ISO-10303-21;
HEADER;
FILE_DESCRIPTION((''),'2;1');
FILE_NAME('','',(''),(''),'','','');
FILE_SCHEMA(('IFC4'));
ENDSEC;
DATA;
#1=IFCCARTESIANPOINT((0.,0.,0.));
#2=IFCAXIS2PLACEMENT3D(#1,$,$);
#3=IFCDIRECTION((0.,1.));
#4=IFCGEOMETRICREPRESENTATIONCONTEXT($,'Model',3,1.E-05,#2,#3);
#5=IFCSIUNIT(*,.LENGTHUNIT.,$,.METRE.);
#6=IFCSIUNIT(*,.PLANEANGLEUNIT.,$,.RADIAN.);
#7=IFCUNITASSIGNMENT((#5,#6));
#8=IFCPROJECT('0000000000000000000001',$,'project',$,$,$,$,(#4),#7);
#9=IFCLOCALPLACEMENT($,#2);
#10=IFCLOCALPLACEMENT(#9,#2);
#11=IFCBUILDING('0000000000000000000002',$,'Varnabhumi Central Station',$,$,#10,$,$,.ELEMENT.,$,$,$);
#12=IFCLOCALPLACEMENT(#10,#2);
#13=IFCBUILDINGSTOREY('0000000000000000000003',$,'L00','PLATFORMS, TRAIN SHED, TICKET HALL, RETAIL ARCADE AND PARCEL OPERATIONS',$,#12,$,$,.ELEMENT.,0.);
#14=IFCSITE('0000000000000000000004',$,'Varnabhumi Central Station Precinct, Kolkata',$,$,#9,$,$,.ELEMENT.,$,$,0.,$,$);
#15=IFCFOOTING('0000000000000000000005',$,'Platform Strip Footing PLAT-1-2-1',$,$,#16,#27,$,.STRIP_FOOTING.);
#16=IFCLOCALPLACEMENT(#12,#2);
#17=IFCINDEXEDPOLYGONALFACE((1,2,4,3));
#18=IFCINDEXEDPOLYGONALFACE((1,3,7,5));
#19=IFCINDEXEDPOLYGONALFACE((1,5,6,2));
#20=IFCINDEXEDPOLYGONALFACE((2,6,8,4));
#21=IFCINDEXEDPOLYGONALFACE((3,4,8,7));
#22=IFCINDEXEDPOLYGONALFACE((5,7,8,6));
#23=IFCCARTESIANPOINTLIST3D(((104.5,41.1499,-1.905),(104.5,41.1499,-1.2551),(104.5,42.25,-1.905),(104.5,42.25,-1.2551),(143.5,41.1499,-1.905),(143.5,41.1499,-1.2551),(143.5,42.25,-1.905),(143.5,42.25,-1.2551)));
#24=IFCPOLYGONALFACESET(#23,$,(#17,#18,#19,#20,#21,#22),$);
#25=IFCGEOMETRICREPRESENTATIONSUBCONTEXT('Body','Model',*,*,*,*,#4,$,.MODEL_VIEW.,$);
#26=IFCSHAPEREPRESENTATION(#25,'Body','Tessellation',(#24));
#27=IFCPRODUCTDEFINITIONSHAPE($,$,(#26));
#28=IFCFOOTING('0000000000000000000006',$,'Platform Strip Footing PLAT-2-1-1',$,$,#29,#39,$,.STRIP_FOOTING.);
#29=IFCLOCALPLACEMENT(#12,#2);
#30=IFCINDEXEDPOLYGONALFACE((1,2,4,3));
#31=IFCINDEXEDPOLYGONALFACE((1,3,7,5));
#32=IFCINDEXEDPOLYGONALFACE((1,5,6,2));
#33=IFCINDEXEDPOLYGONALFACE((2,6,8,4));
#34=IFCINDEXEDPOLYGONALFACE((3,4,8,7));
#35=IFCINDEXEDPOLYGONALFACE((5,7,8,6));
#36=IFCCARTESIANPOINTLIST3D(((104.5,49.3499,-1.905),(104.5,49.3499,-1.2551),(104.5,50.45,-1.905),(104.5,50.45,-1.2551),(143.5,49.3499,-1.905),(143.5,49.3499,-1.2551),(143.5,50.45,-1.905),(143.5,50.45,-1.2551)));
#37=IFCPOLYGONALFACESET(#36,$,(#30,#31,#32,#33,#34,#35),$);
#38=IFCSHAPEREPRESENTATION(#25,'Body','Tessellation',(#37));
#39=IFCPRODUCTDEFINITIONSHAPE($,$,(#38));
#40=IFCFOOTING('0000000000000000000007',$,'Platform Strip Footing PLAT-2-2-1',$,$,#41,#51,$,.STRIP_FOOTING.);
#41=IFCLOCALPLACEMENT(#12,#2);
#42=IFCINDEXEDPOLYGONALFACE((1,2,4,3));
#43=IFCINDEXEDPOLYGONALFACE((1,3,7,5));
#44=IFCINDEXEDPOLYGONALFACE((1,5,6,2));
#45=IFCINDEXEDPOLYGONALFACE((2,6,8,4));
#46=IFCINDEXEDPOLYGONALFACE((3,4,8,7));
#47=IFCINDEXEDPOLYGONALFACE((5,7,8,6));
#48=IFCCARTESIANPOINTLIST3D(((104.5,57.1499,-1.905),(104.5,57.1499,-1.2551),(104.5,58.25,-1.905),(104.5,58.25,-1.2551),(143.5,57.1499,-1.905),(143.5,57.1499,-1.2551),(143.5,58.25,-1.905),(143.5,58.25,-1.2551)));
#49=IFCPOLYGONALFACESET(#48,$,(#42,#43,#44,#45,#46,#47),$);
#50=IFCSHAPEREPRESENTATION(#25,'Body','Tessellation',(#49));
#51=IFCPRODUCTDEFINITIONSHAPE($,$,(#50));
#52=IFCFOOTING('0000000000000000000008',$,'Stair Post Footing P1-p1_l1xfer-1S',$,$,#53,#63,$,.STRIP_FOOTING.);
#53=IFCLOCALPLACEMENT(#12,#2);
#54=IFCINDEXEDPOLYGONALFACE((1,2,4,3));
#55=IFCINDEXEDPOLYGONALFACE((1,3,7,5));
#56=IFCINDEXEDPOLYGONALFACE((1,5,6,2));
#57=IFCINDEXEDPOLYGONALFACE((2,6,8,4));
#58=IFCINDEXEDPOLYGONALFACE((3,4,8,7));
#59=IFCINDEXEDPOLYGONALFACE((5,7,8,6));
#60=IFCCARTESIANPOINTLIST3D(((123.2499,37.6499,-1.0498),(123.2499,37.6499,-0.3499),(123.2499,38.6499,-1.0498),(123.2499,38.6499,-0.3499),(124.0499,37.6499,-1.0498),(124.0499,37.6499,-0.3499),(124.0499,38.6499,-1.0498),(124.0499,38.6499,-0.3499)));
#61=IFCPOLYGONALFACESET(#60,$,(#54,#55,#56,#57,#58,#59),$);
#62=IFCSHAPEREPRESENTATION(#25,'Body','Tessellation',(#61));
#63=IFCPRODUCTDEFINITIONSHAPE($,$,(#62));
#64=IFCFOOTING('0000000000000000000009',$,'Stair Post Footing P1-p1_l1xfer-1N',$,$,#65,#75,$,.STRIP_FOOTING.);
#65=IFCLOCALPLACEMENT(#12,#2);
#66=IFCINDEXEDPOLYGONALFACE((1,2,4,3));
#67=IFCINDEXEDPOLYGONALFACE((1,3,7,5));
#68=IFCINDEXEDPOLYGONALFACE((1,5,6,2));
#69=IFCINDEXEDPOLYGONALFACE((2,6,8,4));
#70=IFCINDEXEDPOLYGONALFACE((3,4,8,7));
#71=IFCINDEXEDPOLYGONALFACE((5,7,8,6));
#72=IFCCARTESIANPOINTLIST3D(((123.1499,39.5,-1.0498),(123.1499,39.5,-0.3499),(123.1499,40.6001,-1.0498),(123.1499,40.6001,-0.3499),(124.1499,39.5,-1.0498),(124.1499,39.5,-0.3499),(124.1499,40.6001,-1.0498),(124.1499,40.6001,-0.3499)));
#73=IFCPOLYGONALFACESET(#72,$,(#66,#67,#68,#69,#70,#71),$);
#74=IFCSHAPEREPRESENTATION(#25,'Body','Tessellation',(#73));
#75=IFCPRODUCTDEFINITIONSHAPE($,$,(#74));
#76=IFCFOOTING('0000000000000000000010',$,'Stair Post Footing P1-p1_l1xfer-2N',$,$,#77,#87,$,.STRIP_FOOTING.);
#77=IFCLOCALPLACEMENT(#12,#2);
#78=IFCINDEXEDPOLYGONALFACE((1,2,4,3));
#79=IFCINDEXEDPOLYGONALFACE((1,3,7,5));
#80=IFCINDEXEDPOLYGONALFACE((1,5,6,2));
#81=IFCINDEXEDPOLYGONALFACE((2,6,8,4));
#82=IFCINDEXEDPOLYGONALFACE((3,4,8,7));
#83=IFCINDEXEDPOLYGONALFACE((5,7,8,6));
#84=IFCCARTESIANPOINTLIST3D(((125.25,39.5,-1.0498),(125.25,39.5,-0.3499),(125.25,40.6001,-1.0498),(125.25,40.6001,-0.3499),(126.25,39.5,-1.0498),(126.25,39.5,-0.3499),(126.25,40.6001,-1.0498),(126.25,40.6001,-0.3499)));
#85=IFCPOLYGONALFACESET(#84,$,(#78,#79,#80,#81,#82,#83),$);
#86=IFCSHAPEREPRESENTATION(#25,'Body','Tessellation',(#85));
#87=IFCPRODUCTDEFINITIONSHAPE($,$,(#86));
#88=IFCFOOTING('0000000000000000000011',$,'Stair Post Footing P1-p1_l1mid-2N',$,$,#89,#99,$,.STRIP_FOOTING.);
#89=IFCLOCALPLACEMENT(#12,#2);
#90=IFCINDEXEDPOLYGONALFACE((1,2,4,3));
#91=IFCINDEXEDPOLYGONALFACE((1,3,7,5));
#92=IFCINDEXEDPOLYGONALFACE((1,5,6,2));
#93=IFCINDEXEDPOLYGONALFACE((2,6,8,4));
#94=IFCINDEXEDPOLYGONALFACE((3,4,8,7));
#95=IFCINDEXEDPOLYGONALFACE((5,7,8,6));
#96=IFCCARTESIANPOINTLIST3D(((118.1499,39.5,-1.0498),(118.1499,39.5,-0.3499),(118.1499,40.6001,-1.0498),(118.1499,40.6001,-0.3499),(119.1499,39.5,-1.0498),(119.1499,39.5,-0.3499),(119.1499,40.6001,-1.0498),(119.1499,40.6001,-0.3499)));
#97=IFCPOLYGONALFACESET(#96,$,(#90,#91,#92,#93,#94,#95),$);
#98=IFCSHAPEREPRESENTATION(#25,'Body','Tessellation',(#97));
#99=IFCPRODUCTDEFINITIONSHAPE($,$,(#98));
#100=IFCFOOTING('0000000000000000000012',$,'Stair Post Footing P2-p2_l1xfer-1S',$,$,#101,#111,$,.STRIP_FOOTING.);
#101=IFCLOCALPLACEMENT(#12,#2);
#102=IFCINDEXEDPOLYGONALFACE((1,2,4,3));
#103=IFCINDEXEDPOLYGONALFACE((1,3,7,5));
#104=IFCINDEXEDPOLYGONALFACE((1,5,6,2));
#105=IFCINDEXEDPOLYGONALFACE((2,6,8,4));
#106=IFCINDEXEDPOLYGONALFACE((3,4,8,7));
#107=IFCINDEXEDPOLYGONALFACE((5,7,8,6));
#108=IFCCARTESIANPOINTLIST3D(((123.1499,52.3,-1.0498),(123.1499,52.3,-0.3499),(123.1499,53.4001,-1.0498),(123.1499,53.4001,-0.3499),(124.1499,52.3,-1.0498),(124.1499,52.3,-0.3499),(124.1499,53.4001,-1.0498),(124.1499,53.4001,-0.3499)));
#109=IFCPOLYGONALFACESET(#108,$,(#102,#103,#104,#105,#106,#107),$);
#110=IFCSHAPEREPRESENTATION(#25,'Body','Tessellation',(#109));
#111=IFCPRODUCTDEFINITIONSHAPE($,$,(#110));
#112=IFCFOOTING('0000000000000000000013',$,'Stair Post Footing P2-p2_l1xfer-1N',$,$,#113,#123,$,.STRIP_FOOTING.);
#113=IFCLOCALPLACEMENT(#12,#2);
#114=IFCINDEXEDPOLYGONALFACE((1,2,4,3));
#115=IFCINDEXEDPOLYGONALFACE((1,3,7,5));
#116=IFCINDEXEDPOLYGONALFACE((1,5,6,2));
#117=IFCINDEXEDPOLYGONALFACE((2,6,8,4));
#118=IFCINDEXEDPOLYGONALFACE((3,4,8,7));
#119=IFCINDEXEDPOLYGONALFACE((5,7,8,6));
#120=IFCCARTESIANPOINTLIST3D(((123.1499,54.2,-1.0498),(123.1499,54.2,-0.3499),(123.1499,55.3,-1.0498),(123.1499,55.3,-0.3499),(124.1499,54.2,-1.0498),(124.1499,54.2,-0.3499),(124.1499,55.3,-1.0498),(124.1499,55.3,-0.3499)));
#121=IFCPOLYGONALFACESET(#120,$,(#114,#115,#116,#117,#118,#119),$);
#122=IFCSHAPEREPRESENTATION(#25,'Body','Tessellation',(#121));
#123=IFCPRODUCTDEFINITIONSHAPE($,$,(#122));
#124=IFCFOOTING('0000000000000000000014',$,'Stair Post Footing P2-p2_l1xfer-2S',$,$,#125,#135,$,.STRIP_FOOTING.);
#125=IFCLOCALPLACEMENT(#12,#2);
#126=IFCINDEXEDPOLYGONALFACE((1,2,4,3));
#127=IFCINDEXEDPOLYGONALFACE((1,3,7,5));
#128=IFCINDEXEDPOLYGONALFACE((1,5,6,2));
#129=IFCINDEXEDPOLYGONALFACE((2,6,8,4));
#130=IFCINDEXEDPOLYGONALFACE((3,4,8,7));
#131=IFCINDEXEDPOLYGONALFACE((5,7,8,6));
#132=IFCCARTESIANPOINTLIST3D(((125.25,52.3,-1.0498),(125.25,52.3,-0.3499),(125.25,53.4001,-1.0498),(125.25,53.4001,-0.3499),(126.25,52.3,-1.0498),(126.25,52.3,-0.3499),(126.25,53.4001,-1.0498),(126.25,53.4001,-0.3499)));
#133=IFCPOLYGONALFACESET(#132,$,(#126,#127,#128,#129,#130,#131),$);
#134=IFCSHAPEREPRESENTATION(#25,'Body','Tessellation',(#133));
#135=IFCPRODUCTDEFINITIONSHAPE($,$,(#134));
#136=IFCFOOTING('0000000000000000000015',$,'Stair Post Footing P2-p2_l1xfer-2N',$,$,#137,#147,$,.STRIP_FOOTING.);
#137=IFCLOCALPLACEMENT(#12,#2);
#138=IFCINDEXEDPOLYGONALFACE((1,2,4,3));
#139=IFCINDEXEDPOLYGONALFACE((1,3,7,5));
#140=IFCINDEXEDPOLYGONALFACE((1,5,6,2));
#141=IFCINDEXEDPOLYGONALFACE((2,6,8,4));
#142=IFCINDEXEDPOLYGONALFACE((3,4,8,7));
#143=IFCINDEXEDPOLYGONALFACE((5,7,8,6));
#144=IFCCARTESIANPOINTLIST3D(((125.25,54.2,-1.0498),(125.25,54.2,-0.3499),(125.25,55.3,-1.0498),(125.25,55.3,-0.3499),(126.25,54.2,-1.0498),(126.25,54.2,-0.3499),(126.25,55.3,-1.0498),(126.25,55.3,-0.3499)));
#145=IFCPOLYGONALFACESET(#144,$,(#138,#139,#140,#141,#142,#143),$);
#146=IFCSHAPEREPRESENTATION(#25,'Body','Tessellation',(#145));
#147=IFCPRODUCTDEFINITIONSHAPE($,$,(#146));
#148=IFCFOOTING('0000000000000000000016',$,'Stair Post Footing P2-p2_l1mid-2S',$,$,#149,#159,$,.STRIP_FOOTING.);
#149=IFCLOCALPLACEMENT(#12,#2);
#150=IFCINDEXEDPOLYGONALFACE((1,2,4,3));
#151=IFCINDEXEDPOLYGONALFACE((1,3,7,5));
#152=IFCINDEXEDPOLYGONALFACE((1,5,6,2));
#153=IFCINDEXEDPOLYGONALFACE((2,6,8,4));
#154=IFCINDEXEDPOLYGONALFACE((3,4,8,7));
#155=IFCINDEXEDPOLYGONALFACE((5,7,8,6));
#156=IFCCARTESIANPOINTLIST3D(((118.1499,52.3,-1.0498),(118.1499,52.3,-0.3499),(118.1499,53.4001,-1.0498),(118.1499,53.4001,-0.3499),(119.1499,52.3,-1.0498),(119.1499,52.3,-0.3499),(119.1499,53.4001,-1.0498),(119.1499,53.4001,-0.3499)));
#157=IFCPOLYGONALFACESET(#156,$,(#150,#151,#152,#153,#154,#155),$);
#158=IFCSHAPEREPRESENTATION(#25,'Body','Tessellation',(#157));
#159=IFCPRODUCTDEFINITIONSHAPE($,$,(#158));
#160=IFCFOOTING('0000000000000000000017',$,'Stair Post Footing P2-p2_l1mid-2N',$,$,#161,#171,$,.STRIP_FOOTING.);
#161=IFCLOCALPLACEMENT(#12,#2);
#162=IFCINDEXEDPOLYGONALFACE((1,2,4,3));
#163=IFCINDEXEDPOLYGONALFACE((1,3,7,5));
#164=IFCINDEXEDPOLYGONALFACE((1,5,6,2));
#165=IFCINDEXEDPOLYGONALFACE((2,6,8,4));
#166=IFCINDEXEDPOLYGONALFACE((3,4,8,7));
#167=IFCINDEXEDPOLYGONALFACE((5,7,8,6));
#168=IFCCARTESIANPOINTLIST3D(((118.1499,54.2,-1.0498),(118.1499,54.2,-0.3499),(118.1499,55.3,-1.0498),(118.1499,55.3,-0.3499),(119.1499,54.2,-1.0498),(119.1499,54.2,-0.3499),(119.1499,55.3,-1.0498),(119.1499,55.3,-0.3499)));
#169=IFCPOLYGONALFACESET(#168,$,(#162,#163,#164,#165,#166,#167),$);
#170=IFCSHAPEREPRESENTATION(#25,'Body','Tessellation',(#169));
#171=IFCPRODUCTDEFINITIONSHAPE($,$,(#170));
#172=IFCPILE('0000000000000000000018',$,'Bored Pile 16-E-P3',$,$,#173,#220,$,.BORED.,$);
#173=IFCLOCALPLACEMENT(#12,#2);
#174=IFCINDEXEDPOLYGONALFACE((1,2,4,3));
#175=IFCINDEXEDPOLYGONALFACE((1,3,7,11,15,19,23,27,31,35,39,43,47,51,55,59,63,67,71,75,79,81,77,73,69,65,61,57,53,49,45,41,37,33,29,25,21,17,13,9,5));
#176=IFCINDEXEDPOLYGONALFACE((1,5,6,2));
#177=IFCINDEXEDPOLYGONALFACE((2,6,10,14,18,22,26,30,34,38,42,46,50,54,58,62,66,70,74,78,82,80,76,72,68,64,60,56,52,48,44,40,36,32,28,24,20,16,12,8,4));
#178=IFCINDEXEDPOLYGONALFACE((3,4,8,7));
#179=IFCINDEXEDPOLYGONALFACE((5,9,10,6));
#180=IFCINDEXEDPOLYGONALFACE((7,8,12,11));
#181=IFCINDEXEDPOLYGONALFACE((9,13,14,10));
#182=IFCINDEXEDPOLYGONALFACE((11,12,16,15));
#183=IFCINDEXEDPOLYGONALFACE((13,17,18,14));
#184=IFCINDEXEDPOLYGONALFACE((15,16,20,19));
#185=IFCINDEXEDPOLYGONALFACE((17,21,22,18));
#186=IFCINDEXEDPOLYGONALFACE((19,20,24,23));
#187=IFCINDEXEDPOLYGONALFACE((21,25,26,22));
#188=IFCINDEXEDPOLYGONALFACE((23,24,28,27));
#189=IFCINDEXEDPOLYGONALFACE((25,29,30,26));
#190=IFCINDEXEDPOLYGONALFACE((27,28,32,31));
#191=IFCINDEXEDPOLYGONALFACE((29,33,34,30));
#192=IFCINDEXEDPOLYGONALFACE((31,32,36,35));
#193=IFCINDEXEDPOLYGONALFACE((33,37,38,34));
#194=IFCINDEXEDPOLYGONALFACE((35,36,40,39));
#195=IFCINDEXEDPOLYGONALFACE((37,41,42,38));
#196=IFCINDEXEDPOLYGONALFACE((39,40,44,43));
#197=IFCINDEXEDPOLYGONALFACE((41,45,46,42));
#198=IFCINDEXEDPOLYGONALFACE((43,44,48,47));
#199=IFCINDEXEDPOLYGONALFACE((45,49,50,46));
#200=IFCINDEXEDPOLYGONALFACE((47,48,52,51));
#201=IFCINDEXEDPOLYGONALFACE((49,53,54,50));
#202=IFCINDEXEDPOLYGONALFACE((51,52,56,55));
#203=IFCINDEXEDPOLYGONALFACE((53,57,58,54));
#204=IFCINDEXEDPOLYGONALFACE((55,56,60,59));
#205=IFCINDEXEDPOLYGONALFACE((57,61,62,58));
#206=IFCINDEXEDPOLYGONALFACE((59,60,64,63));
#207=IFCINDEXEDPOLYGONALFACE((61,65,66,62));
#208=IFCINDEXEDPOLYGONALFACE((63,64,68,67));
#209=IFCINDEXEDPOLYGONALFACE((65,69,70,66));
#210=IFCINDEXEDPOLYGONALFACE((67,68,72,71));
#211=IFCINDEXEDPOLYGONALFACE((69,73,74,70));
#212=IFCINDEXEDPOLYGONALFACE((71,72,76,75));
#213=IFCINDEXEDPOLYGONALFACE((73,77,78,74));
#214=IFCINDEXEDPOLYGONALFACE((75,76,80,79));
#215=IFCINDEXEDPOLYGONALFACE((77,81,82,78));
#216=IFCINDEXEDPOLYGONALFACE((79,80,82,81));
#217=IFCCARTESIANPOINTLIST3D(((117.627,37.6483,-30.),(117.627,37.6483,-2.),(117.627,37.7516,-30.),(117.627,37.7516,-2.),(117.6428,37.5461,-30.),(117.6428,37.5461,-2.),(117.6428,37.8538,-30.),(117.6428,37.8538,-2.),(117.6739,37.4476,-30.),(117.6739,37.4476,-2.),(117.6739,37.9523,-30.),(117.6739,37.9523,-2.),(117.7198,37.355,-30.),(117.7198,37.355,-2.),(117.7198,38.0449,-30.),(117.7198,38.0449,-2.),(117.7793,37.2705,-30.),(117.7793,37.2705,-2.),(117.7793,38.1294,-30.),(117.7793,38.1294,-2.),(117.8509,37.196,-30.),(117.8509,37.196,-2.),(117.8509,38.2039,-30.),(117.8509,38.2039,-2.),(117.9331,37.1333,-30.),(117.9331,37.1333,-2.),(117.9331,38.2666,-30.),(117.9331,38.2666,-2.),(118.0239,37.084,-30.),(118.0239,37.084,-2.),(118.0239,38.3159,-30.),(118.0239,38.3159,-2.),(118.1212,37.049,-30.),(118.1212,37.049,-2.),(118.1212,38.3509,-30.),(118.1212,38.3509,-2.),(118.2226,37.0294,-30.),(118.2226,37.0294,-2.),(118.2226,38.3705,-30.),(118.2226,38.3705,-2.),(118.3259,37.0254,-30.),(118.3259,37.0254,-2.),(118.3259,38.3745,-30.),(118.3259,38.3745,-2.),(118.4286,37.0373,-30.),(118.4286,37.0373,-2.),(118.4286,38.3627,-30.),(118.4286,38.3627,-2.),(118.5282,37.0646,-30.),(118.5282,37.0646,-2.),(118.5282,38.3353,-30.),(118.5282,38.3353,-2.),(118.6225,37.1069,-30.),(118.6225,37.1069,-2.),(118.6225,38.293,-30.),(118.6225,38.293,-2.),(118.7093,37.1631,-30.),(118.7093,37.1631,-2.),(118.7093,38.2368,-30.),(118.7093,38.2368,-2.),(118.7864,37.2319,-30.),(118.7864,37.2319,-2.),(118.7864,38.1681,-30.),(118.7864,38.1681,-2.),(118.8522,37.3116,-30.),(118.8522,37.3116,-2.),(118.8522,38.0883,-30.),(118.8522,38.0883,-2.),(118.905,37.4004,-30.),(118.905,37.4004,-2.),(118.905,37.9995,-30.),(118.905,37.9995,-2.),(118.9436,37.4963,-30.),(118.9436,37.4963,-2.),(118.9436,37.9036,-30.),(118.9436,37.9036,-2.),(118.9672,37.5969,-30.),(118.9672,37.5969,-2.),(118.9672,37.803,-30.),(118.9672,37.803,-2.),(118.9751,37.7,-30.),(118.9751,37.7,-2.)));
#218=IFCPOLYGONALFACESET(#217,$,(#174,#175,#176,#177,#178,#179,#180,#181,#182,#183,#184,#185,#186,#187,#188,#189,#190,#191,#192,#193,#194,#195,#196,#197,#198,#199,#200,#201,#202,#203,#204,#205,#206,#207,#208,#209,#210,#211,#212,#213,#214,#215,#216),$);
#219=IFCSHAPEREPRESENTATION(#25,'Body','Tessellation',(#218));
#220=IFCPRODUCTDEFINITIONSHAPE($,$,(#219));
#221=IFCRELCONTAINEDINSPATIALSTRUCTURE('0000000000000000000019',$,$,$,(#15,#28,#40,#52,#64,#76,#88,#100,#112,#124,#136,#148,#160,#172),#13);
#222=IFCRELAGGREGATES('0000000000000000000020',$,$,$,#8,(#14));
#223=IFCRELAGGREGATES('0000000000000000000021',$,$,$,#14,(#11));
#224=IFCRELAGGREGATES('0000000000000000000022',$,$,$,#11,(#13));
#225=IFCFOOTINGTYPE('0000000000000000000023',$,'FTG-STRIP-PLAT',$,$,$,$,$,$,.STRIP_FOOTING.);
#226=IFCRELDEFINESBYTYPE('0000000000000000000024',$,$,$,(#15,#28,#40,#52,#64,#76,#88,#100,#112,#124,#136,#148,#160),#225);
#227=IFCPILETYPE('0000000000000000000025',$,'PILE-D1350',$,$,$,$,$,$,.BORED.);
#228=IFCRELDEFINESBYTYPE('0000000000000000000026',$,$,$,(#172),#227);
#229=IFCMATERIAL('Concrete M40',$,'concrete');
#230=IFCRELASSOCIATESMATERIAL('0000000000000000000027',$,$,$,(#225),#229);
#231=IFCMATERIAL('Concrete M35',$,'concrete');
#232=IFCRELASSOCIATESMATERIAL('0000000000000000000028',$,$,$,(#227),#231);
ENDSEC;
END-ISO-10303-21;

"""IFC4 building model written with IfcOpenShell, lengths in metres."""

from ifc_helpers import new_model, si_unit, direction, frame, origin, origin_2d, place, context, subcontext, project, spatial, rectangle, circle, extrude, material, material_profile, profile_set, type_object, element, save


model = new_model("IFC4")

# Units and contexts
model_context = context("Model", 3, precision=1e-05, world=origin(), true_north=direction((0.0, 1.0)))
body_context = subcontext(model_context, "Body", "Model", "MODEL_VIEW")
ifc_project = project(units=[si_unit("LENGTHUNIT", "METRE"), si_unit("PLANEANGLEUNIT", "RADIAN")], contexts=[model_context])

# Site, building, storey
site_placement = place(None, origin())
site = spatial("IfcSite", under=ifc_project, at=site_placement, Name="Varnabhumi Central Station Precinct, Kolkata", CompositionType="ELEMENT", RefElevation=0.0)
building_placement = place(site_placement, origin())
building = spatial("IfcBuilding", under=site, at=building_placement, Name="Varnabhumi Central Station", CompositionType="ELEMENT")
storey_placement = place(building_placement, origin())
storey = spatial("IfcBuildingStorey", under=building, at=storey_placement, Name="L00", Description="PLATFORMS, TRAIN SHED, TICKET HALL, RETAIL ARCADE AND PARCEL OPERATIONS", CompositionType="ELEMENT", Elevation=0.0)

# Footings
ifc_material_1 = material(Name="Concrete M40", Category="concrete")
footing_type = type_object("IfcFootingType", Name="FTG-STRIP-PLAT", PredefinedType="STRIP_FOOTING", material=ifc_material_1)
for number, where, z_axis, x_axis, name in (
    (1, (124.0, 41.7, -1.905), (0.0, 0.0, 1.0), (1.0, 0.0, 0.0), "Platform Strip Footing PLAT-1-2-1"),
    (2, (124.0, 49.8999, -1.905), (0.0, 0.0, 1.0), (1.0, 0.0, 0.0), "Platform Strip Footing PLAT-2-1-1"),
    (3, (124.0, 57.7, -1.905), (0.0, 0.0, 1.0), (1.0, 0.0, 0.0), "Platform Strip Footing PLAT-2-2-1"),
):
    element("IfcFooting", number, at=place(storey_placement, frame(where, z_axis=z_axis, x_axis=x_axis)), inside=storey, type_object=footing_type, Name=name, PredefinedType="STRIP_FOOTING", context=body_context, shape_type="SweptSolid", body=[
        extrude(rectangle(XDim=39.0, YDim=1.1001, at=origin_2d()), origin(), (0.0, 0.0, 1.0), 0.6499),
    ])
footing_placement = place(storey_placement, frame((123.6499, 38.1499, -1.0498), z_axis=(0.0, 0.0, 1.0), x_axis=(1.0, 0.0, 0.0)))
element("IfcFooting", 4, at=footing_placement, inside=storey, type_object=footing_type, Name="Stair Post Footing P1-p1_l1xfer-1S", PredefinedType="STRIP_FOOTING", context=body_context, shape_type="SweptSolid", body=[
    extrude(rectangle(XDim=0.8, YDim=1.0, at=origin_2d()), origin(), (0.0, 0.0, 1.0), 0.7),
])
for number, where, z_axis, x_axis, name in (
    (5, (123.6499, 40.05, -1.0498), (0.0, 0.0, 1.0), (1.0, 0.0, 0.0), "Stair Post Footing P1-p1_l1xfer-1N"),
    (6, (125.75, 40.05, -1.0498), (0.0, 0.0, 1.0), (1.0, 0.0, 0.0), "Stair Post Footing P1-p1_l1xfer-2N"),
    (7, (118.6499, 40.05, -1.0498), (0.0, 0.0, 1.0), (1.0, 0.0, 0.0), "Stair Post Footing P1-p1_l1mid-2N"),
    (8, (123.6499, 52.8501, -1.0498), (0.0, 0.0, 1.0), (1.0, 0.0, 0.0), "Stair Post Footing P2-p2_l1xfer-1S"),
    (9, (123.6499, 54.75, -1.0498), (0.0, 0.0, 1.0), (1.0, 0.0, 0.0), "Stair Post Footing P2-p2_l1xfer-1N"),
    (10, (125.75, 52.8501, -1.0498), (0.0, 0.0, 1.0), (1.0, 0.0, 0.0), "Stair Post Footing P2-p2_l1xfer-2S"),
    (11, (125.75, 54.75, -1.0498), (0.0, 0.0, 1.0), (1.0, 0.0, 0.0), "Stair Post Footing P2-p2_l1xfer-2N"),
    (12, (118.6499, 52.8501, -1.0498), (0.0, 0.0, 1.0), (1.0, 0.0, 0.0), "Stair Post Footing P2-p2_l1mid-2S"),
    (13, (118.6499, 54.75, -1.0498), (0.0, 0.0, 1.0), (1.0, 0.0, 0.0), "Stair Post Footing P2-p2_l1mid-2N"),
):
    element("IfcFooting", number, at=place(storey_placement, frame(where, z_axis=z_axis, x_axis=x_axis)), inside=storey, type_object=footing_type, Name=name, PredefinedType="STRIP_FOOTING", context=body_context, shape_type="SweptSolid", body=[
        extrude(rectangle(XDim=1.0, YDim=1.1001, at=origin_2d()), origin(), (0.0, 0.0, 1.0), 0.7),
    ])

# Pile
ifc_material_2 = material(Name="Concrete M35", Category="concrete")
ifc_material_profile_1 = material_profile(ifc_material_2, circle(Radius=0.675, at=origin_2d()), Name="Concrete M35", Category="concrete")
ifc_profile_set_1 = profile_set([ifc_material_profile_1], Name="Concrete M35")
pile_type = type_object("IfcPileType", Name="PILE-D1350", PredefinedType="BORED", material=ifc_profile_set_1)
for number, where, z_axis, x_axis, name in (
    (14, (118.3, 37.7, -2.0), (0.0, 0.0, -1.0), (1.0, 0.0, 0.0), "Bored Pile 16-E-P3"),
):
    element("IfcPile", number, at=place(storey_placement, frame(where, z_axis=z_axis, x_axis=x_axis)), inside=storey, type_object=pile_type, Name=name, PredefinedType="BORED", context=body_context, shape_type="SweptSolid", body=[
        extrude(circle(Radius=0.675, at=origin_2d()), origin(), (0.0, 0.0, 1.0), 28.0),
    ])

save(model, "model.ifc")
